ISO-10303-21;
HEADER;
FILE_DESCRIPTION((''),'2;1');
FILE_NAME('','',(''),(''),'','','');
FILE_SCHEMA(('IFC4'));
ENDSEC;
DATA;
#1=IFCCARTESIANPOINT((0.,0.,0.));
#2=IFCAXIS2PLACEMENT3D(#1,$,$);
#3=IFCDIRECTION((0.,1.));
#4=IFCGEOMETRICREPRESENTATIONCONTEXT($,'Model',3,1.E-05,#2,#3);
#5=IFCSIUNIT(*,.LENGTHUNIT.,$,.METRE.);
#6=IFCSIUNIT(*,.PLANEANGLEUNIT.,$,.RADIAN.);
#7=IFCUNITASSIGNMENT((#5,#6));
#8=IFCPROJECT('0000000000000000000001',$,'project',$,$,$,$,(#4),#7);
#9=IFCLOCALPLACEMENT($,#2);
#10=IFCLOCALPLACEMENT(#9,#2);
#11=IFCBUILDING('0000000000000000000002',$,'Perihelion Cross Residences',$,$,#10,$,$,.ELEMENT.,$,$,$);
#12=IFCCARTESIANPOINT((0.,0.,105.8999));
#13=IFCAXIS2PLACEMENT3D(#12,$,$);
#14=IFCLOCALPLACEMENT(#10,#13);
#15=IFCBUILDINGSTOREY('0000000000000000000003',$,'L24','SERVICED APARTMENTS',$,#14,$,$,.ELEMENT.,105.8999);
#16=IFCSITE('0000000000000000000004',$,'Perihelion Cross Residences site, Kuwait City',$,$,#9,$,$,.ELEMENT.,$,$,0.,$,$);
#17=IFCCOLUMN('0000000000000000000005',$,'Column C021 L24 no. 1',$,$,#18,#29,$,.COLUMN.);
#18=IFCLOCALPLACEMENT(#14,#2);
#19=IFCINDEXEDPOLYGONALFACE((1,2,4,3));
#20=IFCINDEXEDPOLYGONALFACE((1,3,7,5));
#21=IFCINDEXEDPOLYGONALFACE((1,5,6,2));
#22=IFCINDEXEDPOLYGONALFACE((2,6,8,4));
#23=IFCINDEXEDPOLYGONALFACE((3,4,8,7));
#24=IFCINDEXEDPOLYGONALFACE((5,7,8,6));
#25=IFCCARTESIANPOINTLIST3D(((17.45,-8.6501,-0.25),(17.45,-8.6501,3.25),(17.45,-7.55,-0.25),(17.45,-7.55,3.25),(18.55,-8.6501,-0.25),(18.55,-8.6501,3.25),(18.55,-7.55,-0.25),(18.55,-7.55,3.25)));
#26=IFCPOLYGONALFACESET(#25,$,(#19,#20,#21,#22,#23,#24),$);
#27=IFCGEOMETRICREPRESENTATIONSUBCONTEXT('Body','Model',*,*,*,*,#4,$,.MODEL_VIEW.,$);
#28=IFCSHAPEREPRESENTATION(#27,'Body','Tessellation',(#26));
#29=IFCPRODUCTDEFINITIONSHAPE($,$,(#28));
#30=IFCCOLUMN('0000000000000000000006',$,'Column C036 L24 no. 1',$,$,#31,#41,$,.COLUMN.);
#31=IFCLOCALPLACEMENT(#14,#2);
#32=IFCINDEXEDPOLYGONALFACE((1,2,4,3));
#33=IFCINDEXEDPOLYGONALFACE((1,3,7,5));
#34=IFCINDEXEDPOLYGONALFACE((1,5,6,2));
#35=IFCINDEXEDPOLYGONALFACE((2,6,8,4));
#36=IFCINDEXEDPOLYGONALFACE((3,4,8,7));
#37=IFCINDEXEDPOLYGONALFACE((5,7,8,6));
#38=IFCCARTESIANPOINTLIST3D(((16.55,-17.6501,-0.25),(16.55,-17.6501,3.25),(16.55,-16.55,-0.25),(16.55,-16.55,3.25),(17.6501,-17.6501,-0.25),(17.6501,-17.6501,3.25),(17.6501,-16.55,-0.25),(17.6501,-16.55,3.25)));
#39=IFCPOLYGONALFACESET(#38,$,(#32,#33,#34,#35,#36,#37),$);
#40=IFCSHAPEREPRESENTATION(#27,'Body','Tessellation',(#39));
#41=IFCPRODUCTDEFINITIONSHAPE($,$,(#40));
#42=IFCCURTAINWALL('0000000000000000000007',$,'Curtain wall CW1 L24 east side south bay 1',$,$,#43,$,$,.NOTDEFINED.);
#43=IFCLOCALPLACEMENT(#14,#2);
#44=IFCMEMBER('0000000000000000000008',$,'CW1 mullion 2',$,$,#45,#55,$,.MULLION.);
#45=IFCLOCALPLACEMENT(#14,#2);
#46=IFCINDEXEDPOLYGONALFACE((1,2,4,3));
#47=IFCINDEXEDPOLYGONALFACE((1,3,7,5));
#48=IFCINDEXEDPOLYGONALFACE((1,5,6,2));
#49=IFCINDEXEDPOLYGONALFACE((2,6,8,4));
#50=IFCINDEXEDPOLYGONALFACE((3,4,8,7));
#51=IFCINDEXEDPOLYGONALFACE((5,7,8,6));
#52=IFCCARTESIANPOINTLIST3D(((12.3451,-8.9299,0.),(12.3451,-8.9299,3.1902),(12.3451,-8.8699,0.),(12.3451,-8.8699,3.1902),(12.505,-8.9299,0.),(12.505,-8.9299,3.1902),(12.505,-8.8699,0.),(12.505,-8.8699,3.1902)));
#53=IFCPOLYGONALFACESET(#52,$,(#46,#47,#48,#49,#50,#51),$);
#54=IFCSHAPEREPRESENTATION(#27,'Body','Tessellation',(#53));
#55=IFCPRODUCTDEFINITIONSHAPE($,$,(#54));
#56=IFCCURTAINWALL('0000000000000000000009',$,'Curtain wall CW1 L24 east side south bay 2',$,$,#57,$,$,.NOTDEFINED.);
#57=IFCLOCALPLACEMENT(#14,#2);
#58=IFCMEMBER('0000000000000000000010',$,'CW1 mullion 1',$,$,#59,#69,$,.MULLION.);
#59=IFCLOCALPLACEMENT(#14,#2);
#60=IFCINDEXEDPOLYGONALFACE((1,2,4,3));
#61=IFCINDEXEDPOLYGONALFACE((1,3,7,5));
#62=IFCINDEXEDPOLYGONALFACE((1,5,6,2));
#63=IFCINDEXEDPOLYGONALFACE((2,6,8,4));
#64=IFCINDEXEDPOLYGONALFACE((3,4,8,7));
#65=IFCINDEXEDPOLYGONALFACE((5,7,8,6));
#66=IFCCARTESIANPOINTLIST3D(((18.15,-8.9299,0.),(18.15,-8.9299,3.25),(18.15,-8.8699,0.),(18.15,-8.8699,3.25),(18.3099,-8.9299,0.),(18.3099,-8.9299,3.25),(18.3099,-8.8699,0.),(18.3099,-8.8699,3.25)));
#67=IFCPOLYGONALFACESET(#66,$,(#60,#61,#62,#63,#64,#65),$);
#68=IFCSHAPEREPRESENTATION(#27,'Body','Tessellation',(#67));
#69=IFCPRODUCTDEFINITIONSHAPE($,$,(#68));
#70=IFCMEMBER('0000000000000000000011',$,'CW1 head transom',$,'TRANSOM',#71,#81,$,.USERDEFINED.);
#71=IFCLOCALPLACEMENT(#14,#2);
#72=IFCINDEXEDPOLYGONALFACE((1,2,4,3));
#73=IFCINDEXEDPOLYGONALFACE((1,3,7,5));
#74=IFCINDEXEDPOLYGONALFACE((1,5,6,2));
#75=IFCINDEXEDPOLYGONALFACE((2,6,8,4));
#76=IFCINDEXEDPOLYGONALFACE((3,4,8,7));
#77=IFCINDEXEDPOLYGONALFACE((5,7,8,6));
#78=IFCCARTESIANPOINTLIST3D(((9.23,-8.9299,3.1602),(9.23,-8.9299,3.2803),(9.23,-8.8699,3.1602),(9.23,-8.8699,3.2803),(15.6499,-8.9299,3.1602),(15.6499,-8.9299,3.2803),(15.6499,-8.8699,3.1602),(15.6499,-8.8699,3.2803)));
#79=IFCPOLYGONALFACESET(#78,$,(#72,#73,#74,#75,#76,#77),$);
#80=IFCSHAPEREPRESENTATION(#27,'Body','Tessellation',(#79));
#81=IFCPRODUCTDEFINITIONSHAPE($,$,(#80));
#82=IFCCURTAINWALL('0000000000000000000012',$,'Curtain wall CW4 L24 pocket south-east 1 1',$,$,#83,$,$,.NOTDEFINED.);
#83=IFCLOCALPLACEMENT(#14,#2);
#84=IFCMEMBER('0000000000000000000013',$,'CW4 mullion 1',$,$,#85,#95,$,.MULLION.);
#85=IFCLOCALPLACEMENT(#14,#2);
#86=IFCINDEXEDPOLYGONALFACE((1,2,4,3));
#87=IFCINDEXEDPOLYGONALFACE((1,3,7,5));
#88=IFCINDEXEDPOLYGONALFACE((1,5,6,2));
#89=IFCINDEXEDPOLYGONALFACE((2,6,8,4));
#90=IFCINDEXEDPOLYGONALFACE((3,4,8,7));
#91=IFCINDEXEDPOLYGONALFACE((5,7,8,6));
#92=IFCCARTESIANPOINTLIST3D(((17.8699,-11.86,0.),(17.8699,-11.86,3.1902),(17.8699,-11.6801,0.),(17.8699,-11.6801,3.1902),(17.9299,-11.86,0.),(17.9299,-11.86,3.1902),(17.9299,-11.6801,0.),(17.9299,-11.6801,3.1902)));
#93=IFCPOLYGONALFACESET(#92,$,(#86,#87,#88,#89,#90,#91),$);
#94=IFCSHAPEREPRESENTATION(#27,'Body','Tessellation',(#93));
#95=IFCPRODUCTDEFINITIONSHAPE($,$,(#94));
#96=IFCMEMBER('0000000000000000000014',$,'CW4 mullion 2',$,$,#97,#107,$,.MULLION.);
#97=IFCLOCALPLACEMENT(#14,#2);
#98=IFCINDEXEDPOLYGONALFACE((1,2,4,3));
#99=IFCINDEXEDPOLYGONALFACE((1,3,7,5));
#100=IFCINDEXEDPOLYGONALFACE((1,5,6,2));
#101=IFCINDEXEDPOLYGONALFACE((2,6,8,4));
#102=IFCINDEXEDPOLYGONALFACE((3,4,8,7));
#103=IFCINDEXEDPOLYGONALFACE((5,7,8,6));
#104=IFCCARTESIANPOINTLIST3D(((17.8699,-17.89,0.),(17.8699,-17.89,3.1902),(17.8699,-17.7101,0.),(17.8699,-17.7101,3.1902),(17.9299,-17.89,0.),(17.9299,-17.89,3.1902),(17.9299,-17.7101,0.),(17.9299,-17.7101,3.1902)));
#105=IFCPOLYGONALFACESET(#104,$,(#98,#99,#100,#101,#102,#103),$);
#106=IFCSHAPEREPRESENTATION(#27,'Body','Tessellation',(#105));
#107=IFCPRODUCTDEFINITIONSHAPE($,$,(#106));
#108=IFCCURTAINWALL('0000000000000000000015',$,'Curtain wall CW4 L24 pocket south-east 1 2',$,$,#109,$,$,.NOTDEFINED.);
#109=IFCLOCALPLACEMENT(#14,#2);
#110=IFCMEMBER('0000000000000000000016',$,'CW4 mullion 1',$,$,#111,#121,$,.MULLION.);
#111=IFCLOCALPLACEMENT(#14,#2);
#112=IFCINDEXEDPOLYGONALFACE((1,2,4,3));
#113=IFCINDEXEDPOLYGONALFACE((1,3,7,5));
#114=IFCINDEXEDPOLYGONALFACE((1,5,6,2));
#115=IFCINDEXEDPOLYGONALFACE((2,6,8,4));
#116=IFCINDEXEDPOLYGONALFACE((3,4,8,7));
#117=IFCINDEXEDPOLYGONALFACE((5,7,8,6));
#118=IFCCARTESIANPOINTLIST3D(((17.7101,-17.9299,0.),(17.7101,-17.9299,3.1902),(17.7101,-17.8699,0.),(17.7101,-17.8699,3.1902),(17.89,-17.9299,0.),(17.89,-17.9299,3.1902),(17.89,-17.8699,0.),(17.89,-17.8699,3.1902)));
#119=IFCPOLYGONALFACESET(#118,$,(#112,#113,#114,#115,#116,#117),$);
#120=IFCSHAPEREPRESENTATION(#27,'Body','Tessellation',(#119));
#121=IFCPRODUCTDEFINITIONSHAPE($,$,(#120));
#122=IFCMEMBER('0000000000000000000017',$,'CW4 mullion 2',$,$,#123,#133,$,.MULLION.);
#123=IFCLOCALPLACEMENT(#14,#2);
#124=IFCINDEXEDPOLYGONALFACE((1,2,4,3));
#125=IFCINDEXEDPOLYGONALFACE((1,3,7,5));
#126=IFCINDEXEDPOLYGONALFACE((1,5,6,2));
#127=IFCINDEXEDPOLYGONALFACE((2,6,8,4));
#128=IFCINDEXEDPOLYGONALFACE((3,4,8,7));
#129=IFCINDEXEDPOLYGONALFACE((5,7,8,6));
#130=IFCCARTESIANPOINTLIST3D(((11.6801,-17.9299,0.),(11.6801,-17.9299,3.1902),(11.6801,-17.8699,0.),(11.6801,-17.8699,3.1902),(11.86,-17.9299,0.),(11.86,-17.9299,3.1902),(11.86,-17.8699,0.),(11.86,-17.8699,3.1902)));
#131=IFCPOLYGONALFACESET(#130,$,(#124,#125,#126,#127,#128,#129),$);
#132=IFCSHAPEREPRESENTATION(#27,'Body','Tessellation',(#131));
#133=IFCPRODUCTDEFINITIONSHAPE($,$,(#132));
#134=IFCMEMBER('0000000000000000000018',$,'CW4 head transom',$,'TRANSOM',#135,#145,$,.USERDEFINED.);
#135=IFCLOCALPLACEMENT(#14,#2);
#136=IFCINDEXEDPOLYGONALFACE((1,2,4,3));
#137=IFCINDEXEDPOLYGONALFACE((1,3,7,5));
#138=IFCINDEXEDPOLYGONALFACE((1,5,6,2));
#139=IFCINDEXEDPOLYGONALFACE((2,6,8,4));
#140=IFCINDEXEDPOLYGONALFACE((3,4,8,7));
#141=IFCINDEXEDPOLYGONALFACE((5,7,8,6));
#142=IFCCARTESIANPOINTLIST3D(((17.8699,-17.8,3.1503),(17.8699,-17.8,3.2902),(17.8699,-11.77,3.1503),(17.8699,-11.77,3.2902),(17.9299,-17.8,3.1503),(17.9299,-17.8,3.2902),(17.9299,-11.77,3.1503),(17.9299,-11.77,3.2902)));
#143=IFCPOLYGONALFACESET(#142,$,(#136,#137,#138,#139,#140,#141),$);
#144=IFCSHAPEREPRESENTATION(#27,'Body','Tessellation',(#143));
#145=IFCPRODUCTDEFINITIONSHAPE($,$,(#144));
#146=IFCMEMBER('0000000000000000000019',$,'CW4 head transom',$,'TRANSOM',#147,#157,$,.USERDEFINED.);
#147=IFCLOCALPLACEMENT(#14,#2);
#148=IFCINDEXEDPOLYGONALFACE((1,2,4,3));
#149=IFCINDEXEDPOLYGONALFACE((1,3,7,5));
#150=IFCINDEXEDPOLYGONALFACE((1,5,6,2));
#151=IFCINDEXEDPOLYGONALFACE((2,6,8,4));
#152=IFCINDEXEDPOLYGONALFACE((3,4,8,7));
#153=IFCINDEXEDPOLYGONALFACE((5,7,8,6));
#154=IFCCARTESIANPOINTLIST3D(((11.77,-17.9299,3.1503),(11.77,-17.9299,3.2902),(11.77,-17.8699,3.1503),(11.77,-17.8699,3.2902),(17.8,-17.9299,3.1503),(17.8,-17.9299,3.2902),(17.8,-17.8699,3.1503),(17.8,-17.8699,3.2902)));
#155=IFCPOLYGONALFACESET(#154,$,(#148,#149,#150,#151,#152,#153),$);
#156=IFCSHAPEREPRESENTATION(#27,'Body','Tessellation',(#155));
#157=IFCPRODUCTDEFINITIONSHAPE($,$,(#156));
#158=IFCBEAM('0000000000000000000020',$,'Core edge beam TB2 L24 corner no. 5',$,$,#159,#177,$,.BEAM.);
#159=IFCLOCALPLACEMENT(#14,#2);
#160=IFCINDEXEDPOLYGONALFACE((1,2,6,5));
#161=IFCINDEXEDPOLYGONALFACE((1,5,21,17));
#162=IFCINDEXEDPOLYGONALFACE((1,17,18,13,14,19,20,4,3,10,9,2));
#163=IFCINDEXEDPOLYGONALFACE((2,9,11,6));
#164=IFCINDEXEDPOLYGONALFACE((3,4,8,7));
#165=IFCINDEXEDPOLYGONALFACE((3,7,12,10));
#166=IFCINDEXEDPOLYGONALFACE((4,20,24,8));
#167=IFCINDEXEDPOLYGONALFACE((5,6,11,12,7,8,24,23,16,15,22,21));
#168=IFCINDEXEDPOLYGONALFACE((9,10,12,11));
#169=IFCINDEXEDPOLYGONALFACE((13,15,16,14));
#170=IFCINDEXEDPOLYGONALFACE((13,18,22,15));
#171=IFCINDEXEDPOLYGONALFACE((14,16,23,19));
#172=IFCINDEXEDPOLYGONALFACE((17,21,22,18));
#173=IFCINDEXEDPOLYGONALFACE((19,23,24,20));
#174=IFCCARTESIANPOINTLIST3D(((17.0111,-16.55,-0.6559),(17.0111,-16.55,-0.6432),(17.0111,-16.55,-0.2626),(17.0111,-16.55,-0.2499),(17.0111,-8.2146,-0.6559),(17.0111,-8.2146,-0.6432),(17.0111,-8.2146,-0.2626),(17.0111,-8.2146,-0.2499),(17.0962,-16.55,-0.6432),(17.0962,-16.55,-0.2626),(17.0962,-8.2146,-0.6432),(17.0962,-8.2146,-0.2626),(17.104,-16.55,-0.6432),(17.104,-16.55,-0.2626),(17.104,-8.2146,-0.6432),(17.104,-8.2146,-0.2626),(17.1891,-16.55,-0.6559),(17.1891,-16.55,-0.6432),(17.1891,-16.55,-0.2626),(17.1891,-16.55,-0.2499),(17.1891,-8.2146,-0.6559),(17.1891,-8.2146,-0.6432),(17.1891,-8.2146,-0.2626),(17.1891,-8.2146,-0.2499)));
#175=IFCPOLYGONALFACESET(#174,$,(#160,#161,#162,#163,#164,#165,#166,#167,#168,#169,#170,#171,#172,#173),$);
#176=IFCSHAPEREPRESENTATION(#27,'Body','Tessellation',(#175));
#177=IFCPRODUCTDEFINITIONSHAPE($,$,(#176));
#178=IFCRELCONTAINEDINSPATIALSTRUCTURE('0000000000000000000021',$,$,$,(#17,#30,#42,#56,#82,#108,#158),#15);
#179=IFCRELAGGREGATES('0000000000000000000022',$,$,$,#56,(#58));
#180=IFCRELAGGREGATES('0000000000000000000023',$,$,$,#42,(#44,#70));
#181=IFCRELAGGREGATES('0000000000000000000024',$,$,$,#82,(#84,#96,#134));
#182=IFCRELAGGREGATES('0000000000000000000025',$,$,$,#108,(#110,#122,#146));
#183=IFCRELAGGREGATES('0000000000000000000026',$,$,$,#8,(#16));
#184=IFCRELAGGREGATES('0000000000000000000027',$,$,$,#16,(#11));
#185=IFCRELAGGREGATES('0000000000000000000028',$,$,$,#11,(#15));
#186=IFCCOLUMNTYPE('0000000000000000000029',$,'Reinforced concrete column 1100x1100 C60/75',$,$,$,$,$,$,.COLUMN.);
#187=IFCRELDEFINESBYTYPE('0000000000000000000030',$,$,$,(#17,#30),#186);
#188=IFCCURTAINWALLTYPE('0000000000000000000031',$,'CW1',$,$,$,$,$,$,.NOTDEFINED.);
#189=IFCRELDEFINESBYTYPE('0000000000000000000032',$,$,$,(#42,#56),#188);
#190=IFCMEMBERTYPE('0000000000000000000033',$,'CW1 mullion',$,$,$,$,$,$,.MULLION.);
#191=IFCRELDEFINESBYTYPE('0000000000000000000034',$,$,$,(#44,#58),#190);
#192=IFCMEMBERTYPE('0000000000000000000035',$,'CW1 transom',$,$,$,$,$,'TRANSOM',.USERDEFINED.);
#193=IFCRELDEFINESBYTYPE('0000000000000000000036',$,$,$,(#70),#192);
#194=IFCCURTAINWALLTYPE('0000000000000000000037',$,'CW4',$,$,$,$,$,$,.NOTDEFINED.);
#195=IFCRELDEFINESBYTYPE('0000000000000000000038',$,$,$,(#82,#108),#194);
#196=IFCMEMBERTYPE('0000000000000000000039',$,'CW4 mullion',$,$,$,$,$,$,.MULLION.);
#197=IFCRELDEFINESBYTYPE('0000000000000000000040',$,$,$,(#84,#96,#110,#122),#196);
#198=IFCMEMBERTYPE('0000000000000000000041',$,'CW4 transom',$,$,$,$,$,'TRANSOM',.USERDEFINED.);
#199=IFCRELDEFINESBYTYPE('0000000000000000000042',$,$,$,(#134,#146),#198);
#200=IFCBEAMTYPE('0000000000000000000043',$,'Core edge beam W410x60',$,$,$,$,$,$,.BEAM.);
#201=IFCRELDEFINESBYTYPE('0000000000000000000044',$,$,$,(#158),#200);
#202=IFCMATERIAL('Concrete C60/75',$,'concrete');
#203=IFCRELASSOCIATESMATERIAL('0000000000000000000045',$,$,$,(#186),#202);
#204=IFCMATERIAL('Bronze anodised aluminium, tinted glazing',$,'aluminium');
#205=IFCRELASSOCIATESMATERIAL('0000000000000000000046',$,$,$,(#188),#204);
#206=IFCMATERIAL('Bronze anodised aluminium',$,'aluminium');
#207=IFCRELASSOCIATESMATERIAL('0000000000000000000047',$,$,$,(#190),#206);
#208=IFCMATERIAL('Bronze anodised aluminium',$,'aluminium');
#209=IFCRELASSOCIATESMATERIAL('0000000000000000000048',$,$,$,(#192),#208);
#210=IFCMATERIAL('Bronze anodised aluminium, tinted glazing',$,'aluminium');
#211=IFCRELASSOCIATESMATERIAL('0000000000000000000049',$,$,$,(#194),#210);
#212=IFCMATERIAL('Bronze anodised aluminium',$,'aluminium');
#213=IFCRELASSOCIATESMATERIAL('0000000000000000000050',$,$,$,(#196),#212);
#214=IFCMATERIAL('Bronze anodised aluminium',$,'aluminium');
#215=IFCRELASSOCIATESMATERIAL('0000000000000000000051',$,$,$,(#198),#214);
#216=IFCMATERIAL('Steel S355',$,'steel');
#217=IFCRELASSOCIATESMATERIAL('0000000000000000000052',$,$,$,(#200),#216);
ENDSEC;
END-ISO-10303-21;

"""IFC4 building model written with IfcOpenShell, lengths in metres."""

from ifc_helpers import new_model, si_unit, direction, frame, origin, origin_2d, place, context, subcontext, project, spatial, rectangle, i_section, extrude, material, material_profile, profile_set, type_object, element, aggregate, save


model = new_model("IFC4")

# Units and contexts
model_context = context("Model", 3, precision=1e-05, world=origin(), true_north=direction((0.0, 1.0)))
body_context = subcontext(model_context, "Body", "Model", "MODEL_VIEW")
ifc_project = project(units=[si_unit("LENGTHUNIT", "METRE"), si_unit("PLANEANGLEUNIT", "RADIAN")], contexts=[model_context])

# Site, building, storey
site_placement = place(None, origin())
site = spatial("IfcSite", under=ifc_project, at=site_placement, Name="Perihelion Cross Residences site, Kuwait City", CompositionType="ELEMENT", RefElevation=0.0)
building_placement = place(site_placement, origin())
building = spatial("IfcBuilding", under=site, at=building_placement, Name="Perihelion Cross Residences", CompositionType="ELEMENT")
storey_placement = place(building_placement, frame((0.0, 0.0, 105.8999)))
storey = spatial("IfcBuildingStorey", under=building, at=storey_placement, Name="L24", Description="SERVICED APARTMENTS", CompositionType="ELEMENT", Elevation=105.8999)

# Columns
ifc_material_1 = material(Name="Concrete C60/75", Category="concrete")
ifc_material_profile_1 = material_profile(ifc_material_1, rectangle(XDim=1.1001, YDim=1.1001, at=origin_2d()), Name="RC 1100x1100")
ifc_profile_set_1 = profile_set([ifc_material_profile_1], Name="Concrete C60/75")
column_type = type_object("IfcColumnType", Name="Reinforced concrete column 1100x1100 C60/75", PredefinedType="COLUMN", material=ifc_profile_set_1)
for number, where, z_axis, x_axis, name in (
    (1, (18.0, -8.1001, -0.25), (0.0, 0.0, 1.0), (1.0, 0.0, 0.0), "Column C021 L24 no. 1"),
    (2, (17.1001, -17.1001, -0.25), (0.0, 0.0, 1.0), (1.0, 0.0, 0.0), "Column C036 L24 no. 1"),
):
    element("IfcColumn", number, at=place(storey_placement, frame(where, z_axis=z_axis, x_axis=x_axis)), inside=storey, type_object=column_type, Name=name, PredefinedType="COLUMN", context=body_context, shape_type="SweptSolid", body=[
        extrude(rectangle(XDim=1.1001, YDim=1.1001, at=origin_2d()), origin(), (0.0, 0.0, 1.0), 3.5),
    ])

# Curtain walls, members
ifc_material_2 = material(Name="Bronze anodised aluminium, tinted glazing", Category="aluminium")
curtain_wall_type_1 = type_object("IfcCurtainWallType", Name="CW1", PredefinedType="NOTDEFINED", material=ifc_material_2)
curtain_wall_1_placement = place(storey_placement, origin())
curtain_wall_1 = element("IfcCurtainWall", 3, at=curtain_wall_1_placement, inside=storey, type_object=curtain_wall_type_1, Name="Curtain wall CW1 L24 east side south bay 1", PredefinedType="NOTDEFINED")
ifc_material_3 = material(Name="Bronze anodised aluminium", Category="aluminium")
ifc_material_profile_2 = material_profile(ifc_material_3, rectangle(XDim=0.0601, YDim=0.1599, at=origin_2d()), Name="CW1 mullion")
ifc_profile_set_2 = profile_set([ifc_material_profile_2], Name="Bronze anodised aluminium")
member_type_1 = type_object("IfcMemberType", Name="CW1 mullion", PredefinedType="MULLION", material=ifc_profile_set_2)
member_1_placement = place(storey_placement, frame((12.425, -8.8999, 0.0), z_axis=(0.0, 0.0, 1.0), x_axis=(0.0, 1.0, 0.0)))
member_1 = element("IfcMember", 4, at=member_1_placement, type_object=member_type_1, Name="CW1 mullion 2", PredefinedType="MULLION", context=body_context, shape_type="SweptSolid", body=[
    extrude(rectangle(XDim=0.0601, YDim=0.1599, at=origin_2d()), origin(), (0.0, 0.0, 1.0), 3.1902),
])
curtain_wall_2_placement = place(storey_placement, origin())
curtain_wall_2 = element("IfcCurtainWall", 5, at=curtain_wall_2_placement, inside=storey, type_object=curtain_wall_type_1, Name="Curtain wall CW1 L24 east side south bay 2", PredefinedType="NOTDEFINED")
member_2_placement = place(storey_placement, frame((18.23, -8.8999, 0.0), z_axis=(0.0, 0.0, 1.0), x_axis=(0.0, 1.0, 0.0)))
member_2 = element("IfcMember", 6, at=member_2_placement, type_object=member_type_1, Name="CW1 mullion 1", PredefinedType="MULLION", context=body_context, shape_type="SweptSolid", body=[
    extrude(rectangle(XDim=0.0601, YDim=0.1599, at=origin_2d()), origin(), (0.0, 0.0, 1.0), 3.25),
])
aggregate(curtain_wall_2, [member_2])

# Member
ifc_material_4 = material(Name="Bronze anodised aluminium", Category="aluminium")
ifc_material_profile_3 = material_profile(ifc_material_4, rectangle(XDim=0.0601, YDim=0.1201, at=origin_2d()), Name="CW1 transom")
ifc_profile_set_3 = profile_set([ifc_material_profile_3], Name="Bronze anodised aluminium")
member_type_2 = type_object("IfcMemberType", Name="CW1 transom", ElementType="TRANSOM", PredefinedType="USERDEFINED", material=ifc_profile_set_3)
member_3_placement = place(storey_placement, frame((9.23, -8.8999, 3.2202), z_axis=(1.0, 0.0, 0.0), x_axis=(0.0, 1.0, 0.0)))
member_3 = element("IfcMember", 7, at=member_3_placement, type_object=member_type_2, Name="CW1 head transom", ObjectType="TRANSOM", PredefinedType="USERDEFINED", context=body_context, shape_type="SweptSolid", body=[
    extrude(rectangle(XDim=0.0601, YDim=0.1201, at=origin_2d()), origin(), (0.0, 0.0, 1.0), 6.4199),
])

# Curtain walls, members
ifc_material_5 = material(Name="Bronze anodised aluminium, tinted glazing", Category="aluminium")
curtain_wall_type_2 = type_object("IfcCurtainWallType", Name="CW4", PredefinedType="NOTDEFINED", material=ifc_material_5)
curtain_wall_3_placement = place(storey_placement, origin())
curtain_wall_3 = element("IfcCurtainWall", 8, at=curtain_wall_3_placement, inside=storey, type_object=curtain_wall_type_2, Name="Curtain wall CW4 L24 pocket south-east 1 1", PredefinedType="NOTDEFINED")
ifc_material_6 = material(Name="Bronze anodised aluminium", Category="aluminium")
ifc_material_profile_4 = material_profile(ifc_material_6, rectangle(XDim=0.0601, YDim=0.1799, at=origin_2d()), Name="CW4 mullion")
ifc_profile_set_4 = profile_set([ifc_material_profile_4], Name="Bronze anodised aluminium")
member_type_3 = type_object("IfcMemberType", Name="CW4 mullion", PredefinedType="MULLION", material=ifc_profile_set_4)
member_4_placement = place(storey_placement, frame((17.8999, -11.77, 0.0), z_axis=(0.0, 0.0, 1.0), x_axis=(1.0, 0.0, 0.0)))
member_4 = element("IfcMember", 9, at=member_4_placement, type_object=member_type_3, Name="CW4 mullion 1", PredefinedType="MULLION", context=body_context, shape_type="SweptSolid", body=[
    extrude(rectangle(XDim=0.0601, YDim=0.1799, at=origin_2d()), origin(), (0.0, 0.0, 1.0), 3.1902),
])
member_5_placement = place(storey_placement, frame((17.8999, -17.8, 0.0), z_axis=(0.0, 0.0, 1.0), x_axis=(1.0, 0.0, 0.0)))
member_5 = element("IfcMember", 10, at=member_5_placement, type_object=member_type_3, Name="CW4 mullion 2", PredefinedType="MULLION", context=body_context, shape_type="SweptSolid", body=[
    extrude(rectangle(XDim=0.0601, YDim=0.1799, at=origin_2d()), origin(), (0.0, 0.0, 1.0), 3.1902),
])
curtain_wall_4_placement = place(storey_placement, origin())
curtain_wall_4 = element("IfcCurtainWall", 11, at=curtain_wall_4_placement, inside=storey, type_object=curtain_wall_type_2, Name="Curtain wall CW4 L24 pocket south-east 1 2", PredefinedType="NOTDEFINED")
member_6_placement = place(storey_placement, frame((17.8, -17.8999, 0.0), z_axis=(0.0, 0.0, 1.0), x_axis=(0.0, -1.0, 0.0)))
member_6 = element("IfcMember", 12, at=member_6_placement, type_object=member_type_3, Name="CW4 mullion 1", PredefinedType="MULLION", context=body_context, shape_type="SweptSolid", body=[
    extrude(rectangle(XDim=0.0601, YDim=0.1799, at=origin_2d()), origin(), (0.0, 0.0, 1.0), 3.1902),
])
member_7_placement = place(storey_placement, frame((11.77, -17.8999, 0.0), z_axis=(0.0, 0.0, 1.0), x_axis=(0.0, -1.0, 0.0)))
member_7 = element("IfcMember", 13, at=member_7_placement, type_object=member_type_3, Name="CW4 mullion 2", PredefinedType="MULLION", context=body_context, shape_type="SweptSolid", body=[
    extrude(rectangle(XDim=0.0601, YDim=0.1799, at=origin_2d()), origin(), (0.0, 0.0, 1.0), 3.1902),
])

# Members
ifc_material_7 = material(Name="Bronze anodised aluminium", Category="aluminium")
ifc_material_profile_5 = material_profile(ifc_material_7, rectangle(XDim=0.0601, YDim=0.1399, at=origin_2d()), Name="CW4 transom")
ifc_profile_set_5 = profile_set([ifc_material_profile_5], Name="Bronze anodised aluminium")
member_type_4 = type_object("IfcMemberType", Name="CW4 transom", ElementType="TRANSOM", PredefinedType="USERDEFINED", material=ifc_profile_set_5)
member_8_placement = place(storey_placement, frame((17.8999, -11.77, 3.2202), z_axis=(0.0, -1.0, 0.0), x_axis=(1.0, 0.0, 0.0)))
member_8 = element("IfcMember", 14, at=member_8_placement, type_object=member_type_4, Name="CW4 head transom", ObjectType="TRANSOM", PredefinedType="USERDEFINED", context=body_context, shape_type="SweptSolid", body=[
    extrude(rectangle(XDim=0.0601, YDim=0.1399, at=origin_2d()), origin(), (0.0, 0.0, 1.0), 6.03),
])
member_9_placement = place(storey_placement, frame((17.8, -17.8999, 3.2202), z_axis=(-1.0, 0.0, 0.0), x_axis=(0.0, -1.0, 0.0)))
member_9 = element("IfcMember", 15, at=member_9_placement, type_object=member_type_4, Name="CW4 head transom", ObjectType="TRANSOM", PredefinedType="USERDEFINED", context=body_context, shape_type="SweptSolid", body=[
    extrude(rectangle(XDim=0.0601, YDim=0.1399, at=origin_2d()), origin(), (0.0, 0.0, 1.0), 6.03),
])

# Beam
ifc_material_8 = material(Name="Steel S355", Category="steel")
ifc_material_profile_6 = material_profile(ifc_material_8, i_section(OverallWidth=0.178, OverallDepth=0.406, WebThickness=0.0078, FlangeThickness=0.0127, at=origin_2d()), Name="W410x60")
ifc_profile_set_6 = profile_set([ifc_material_profile_6], Name="Steel S355")
beam_type_1 = type_object("IfcBeamType", Name="Core edge beam W410x60", PredefinedType="BEAM", material=ifc_profile_set_6)
beam_1_placement = place(storey_placement, frame((17.1001, -8.2146, -0.4529), z_axis=(0.0, -1.0, 0.0), x_axis=(1.0, 0.0, 0.0)))
element("IfcBeam", 16, at=beam_1_placement, inside=storey, type_object=beam_type_1, Name="Core edge beam TB2 L24 corner no. 5", PredefinedType="BEAM", context=body_context, shape_type="SweptSolid", body=[
    extrude(i_section(OverallWidth=0.178, OverallDepth=0.406, WebThickness=0.0078, FlangeThickness=0.0127, at=origin_2d()), origin(), (0.0, 0.0, 1.0), 8.3354),
])

aggregate(curtain_wall_1, [member_1, member_3])
aggregate(curtain_wall_3, [member_4, member_5, member_8])
aggregate(curtain_wall_4, [member_6, member_7, member_9])

save(model, "model.ifc")
